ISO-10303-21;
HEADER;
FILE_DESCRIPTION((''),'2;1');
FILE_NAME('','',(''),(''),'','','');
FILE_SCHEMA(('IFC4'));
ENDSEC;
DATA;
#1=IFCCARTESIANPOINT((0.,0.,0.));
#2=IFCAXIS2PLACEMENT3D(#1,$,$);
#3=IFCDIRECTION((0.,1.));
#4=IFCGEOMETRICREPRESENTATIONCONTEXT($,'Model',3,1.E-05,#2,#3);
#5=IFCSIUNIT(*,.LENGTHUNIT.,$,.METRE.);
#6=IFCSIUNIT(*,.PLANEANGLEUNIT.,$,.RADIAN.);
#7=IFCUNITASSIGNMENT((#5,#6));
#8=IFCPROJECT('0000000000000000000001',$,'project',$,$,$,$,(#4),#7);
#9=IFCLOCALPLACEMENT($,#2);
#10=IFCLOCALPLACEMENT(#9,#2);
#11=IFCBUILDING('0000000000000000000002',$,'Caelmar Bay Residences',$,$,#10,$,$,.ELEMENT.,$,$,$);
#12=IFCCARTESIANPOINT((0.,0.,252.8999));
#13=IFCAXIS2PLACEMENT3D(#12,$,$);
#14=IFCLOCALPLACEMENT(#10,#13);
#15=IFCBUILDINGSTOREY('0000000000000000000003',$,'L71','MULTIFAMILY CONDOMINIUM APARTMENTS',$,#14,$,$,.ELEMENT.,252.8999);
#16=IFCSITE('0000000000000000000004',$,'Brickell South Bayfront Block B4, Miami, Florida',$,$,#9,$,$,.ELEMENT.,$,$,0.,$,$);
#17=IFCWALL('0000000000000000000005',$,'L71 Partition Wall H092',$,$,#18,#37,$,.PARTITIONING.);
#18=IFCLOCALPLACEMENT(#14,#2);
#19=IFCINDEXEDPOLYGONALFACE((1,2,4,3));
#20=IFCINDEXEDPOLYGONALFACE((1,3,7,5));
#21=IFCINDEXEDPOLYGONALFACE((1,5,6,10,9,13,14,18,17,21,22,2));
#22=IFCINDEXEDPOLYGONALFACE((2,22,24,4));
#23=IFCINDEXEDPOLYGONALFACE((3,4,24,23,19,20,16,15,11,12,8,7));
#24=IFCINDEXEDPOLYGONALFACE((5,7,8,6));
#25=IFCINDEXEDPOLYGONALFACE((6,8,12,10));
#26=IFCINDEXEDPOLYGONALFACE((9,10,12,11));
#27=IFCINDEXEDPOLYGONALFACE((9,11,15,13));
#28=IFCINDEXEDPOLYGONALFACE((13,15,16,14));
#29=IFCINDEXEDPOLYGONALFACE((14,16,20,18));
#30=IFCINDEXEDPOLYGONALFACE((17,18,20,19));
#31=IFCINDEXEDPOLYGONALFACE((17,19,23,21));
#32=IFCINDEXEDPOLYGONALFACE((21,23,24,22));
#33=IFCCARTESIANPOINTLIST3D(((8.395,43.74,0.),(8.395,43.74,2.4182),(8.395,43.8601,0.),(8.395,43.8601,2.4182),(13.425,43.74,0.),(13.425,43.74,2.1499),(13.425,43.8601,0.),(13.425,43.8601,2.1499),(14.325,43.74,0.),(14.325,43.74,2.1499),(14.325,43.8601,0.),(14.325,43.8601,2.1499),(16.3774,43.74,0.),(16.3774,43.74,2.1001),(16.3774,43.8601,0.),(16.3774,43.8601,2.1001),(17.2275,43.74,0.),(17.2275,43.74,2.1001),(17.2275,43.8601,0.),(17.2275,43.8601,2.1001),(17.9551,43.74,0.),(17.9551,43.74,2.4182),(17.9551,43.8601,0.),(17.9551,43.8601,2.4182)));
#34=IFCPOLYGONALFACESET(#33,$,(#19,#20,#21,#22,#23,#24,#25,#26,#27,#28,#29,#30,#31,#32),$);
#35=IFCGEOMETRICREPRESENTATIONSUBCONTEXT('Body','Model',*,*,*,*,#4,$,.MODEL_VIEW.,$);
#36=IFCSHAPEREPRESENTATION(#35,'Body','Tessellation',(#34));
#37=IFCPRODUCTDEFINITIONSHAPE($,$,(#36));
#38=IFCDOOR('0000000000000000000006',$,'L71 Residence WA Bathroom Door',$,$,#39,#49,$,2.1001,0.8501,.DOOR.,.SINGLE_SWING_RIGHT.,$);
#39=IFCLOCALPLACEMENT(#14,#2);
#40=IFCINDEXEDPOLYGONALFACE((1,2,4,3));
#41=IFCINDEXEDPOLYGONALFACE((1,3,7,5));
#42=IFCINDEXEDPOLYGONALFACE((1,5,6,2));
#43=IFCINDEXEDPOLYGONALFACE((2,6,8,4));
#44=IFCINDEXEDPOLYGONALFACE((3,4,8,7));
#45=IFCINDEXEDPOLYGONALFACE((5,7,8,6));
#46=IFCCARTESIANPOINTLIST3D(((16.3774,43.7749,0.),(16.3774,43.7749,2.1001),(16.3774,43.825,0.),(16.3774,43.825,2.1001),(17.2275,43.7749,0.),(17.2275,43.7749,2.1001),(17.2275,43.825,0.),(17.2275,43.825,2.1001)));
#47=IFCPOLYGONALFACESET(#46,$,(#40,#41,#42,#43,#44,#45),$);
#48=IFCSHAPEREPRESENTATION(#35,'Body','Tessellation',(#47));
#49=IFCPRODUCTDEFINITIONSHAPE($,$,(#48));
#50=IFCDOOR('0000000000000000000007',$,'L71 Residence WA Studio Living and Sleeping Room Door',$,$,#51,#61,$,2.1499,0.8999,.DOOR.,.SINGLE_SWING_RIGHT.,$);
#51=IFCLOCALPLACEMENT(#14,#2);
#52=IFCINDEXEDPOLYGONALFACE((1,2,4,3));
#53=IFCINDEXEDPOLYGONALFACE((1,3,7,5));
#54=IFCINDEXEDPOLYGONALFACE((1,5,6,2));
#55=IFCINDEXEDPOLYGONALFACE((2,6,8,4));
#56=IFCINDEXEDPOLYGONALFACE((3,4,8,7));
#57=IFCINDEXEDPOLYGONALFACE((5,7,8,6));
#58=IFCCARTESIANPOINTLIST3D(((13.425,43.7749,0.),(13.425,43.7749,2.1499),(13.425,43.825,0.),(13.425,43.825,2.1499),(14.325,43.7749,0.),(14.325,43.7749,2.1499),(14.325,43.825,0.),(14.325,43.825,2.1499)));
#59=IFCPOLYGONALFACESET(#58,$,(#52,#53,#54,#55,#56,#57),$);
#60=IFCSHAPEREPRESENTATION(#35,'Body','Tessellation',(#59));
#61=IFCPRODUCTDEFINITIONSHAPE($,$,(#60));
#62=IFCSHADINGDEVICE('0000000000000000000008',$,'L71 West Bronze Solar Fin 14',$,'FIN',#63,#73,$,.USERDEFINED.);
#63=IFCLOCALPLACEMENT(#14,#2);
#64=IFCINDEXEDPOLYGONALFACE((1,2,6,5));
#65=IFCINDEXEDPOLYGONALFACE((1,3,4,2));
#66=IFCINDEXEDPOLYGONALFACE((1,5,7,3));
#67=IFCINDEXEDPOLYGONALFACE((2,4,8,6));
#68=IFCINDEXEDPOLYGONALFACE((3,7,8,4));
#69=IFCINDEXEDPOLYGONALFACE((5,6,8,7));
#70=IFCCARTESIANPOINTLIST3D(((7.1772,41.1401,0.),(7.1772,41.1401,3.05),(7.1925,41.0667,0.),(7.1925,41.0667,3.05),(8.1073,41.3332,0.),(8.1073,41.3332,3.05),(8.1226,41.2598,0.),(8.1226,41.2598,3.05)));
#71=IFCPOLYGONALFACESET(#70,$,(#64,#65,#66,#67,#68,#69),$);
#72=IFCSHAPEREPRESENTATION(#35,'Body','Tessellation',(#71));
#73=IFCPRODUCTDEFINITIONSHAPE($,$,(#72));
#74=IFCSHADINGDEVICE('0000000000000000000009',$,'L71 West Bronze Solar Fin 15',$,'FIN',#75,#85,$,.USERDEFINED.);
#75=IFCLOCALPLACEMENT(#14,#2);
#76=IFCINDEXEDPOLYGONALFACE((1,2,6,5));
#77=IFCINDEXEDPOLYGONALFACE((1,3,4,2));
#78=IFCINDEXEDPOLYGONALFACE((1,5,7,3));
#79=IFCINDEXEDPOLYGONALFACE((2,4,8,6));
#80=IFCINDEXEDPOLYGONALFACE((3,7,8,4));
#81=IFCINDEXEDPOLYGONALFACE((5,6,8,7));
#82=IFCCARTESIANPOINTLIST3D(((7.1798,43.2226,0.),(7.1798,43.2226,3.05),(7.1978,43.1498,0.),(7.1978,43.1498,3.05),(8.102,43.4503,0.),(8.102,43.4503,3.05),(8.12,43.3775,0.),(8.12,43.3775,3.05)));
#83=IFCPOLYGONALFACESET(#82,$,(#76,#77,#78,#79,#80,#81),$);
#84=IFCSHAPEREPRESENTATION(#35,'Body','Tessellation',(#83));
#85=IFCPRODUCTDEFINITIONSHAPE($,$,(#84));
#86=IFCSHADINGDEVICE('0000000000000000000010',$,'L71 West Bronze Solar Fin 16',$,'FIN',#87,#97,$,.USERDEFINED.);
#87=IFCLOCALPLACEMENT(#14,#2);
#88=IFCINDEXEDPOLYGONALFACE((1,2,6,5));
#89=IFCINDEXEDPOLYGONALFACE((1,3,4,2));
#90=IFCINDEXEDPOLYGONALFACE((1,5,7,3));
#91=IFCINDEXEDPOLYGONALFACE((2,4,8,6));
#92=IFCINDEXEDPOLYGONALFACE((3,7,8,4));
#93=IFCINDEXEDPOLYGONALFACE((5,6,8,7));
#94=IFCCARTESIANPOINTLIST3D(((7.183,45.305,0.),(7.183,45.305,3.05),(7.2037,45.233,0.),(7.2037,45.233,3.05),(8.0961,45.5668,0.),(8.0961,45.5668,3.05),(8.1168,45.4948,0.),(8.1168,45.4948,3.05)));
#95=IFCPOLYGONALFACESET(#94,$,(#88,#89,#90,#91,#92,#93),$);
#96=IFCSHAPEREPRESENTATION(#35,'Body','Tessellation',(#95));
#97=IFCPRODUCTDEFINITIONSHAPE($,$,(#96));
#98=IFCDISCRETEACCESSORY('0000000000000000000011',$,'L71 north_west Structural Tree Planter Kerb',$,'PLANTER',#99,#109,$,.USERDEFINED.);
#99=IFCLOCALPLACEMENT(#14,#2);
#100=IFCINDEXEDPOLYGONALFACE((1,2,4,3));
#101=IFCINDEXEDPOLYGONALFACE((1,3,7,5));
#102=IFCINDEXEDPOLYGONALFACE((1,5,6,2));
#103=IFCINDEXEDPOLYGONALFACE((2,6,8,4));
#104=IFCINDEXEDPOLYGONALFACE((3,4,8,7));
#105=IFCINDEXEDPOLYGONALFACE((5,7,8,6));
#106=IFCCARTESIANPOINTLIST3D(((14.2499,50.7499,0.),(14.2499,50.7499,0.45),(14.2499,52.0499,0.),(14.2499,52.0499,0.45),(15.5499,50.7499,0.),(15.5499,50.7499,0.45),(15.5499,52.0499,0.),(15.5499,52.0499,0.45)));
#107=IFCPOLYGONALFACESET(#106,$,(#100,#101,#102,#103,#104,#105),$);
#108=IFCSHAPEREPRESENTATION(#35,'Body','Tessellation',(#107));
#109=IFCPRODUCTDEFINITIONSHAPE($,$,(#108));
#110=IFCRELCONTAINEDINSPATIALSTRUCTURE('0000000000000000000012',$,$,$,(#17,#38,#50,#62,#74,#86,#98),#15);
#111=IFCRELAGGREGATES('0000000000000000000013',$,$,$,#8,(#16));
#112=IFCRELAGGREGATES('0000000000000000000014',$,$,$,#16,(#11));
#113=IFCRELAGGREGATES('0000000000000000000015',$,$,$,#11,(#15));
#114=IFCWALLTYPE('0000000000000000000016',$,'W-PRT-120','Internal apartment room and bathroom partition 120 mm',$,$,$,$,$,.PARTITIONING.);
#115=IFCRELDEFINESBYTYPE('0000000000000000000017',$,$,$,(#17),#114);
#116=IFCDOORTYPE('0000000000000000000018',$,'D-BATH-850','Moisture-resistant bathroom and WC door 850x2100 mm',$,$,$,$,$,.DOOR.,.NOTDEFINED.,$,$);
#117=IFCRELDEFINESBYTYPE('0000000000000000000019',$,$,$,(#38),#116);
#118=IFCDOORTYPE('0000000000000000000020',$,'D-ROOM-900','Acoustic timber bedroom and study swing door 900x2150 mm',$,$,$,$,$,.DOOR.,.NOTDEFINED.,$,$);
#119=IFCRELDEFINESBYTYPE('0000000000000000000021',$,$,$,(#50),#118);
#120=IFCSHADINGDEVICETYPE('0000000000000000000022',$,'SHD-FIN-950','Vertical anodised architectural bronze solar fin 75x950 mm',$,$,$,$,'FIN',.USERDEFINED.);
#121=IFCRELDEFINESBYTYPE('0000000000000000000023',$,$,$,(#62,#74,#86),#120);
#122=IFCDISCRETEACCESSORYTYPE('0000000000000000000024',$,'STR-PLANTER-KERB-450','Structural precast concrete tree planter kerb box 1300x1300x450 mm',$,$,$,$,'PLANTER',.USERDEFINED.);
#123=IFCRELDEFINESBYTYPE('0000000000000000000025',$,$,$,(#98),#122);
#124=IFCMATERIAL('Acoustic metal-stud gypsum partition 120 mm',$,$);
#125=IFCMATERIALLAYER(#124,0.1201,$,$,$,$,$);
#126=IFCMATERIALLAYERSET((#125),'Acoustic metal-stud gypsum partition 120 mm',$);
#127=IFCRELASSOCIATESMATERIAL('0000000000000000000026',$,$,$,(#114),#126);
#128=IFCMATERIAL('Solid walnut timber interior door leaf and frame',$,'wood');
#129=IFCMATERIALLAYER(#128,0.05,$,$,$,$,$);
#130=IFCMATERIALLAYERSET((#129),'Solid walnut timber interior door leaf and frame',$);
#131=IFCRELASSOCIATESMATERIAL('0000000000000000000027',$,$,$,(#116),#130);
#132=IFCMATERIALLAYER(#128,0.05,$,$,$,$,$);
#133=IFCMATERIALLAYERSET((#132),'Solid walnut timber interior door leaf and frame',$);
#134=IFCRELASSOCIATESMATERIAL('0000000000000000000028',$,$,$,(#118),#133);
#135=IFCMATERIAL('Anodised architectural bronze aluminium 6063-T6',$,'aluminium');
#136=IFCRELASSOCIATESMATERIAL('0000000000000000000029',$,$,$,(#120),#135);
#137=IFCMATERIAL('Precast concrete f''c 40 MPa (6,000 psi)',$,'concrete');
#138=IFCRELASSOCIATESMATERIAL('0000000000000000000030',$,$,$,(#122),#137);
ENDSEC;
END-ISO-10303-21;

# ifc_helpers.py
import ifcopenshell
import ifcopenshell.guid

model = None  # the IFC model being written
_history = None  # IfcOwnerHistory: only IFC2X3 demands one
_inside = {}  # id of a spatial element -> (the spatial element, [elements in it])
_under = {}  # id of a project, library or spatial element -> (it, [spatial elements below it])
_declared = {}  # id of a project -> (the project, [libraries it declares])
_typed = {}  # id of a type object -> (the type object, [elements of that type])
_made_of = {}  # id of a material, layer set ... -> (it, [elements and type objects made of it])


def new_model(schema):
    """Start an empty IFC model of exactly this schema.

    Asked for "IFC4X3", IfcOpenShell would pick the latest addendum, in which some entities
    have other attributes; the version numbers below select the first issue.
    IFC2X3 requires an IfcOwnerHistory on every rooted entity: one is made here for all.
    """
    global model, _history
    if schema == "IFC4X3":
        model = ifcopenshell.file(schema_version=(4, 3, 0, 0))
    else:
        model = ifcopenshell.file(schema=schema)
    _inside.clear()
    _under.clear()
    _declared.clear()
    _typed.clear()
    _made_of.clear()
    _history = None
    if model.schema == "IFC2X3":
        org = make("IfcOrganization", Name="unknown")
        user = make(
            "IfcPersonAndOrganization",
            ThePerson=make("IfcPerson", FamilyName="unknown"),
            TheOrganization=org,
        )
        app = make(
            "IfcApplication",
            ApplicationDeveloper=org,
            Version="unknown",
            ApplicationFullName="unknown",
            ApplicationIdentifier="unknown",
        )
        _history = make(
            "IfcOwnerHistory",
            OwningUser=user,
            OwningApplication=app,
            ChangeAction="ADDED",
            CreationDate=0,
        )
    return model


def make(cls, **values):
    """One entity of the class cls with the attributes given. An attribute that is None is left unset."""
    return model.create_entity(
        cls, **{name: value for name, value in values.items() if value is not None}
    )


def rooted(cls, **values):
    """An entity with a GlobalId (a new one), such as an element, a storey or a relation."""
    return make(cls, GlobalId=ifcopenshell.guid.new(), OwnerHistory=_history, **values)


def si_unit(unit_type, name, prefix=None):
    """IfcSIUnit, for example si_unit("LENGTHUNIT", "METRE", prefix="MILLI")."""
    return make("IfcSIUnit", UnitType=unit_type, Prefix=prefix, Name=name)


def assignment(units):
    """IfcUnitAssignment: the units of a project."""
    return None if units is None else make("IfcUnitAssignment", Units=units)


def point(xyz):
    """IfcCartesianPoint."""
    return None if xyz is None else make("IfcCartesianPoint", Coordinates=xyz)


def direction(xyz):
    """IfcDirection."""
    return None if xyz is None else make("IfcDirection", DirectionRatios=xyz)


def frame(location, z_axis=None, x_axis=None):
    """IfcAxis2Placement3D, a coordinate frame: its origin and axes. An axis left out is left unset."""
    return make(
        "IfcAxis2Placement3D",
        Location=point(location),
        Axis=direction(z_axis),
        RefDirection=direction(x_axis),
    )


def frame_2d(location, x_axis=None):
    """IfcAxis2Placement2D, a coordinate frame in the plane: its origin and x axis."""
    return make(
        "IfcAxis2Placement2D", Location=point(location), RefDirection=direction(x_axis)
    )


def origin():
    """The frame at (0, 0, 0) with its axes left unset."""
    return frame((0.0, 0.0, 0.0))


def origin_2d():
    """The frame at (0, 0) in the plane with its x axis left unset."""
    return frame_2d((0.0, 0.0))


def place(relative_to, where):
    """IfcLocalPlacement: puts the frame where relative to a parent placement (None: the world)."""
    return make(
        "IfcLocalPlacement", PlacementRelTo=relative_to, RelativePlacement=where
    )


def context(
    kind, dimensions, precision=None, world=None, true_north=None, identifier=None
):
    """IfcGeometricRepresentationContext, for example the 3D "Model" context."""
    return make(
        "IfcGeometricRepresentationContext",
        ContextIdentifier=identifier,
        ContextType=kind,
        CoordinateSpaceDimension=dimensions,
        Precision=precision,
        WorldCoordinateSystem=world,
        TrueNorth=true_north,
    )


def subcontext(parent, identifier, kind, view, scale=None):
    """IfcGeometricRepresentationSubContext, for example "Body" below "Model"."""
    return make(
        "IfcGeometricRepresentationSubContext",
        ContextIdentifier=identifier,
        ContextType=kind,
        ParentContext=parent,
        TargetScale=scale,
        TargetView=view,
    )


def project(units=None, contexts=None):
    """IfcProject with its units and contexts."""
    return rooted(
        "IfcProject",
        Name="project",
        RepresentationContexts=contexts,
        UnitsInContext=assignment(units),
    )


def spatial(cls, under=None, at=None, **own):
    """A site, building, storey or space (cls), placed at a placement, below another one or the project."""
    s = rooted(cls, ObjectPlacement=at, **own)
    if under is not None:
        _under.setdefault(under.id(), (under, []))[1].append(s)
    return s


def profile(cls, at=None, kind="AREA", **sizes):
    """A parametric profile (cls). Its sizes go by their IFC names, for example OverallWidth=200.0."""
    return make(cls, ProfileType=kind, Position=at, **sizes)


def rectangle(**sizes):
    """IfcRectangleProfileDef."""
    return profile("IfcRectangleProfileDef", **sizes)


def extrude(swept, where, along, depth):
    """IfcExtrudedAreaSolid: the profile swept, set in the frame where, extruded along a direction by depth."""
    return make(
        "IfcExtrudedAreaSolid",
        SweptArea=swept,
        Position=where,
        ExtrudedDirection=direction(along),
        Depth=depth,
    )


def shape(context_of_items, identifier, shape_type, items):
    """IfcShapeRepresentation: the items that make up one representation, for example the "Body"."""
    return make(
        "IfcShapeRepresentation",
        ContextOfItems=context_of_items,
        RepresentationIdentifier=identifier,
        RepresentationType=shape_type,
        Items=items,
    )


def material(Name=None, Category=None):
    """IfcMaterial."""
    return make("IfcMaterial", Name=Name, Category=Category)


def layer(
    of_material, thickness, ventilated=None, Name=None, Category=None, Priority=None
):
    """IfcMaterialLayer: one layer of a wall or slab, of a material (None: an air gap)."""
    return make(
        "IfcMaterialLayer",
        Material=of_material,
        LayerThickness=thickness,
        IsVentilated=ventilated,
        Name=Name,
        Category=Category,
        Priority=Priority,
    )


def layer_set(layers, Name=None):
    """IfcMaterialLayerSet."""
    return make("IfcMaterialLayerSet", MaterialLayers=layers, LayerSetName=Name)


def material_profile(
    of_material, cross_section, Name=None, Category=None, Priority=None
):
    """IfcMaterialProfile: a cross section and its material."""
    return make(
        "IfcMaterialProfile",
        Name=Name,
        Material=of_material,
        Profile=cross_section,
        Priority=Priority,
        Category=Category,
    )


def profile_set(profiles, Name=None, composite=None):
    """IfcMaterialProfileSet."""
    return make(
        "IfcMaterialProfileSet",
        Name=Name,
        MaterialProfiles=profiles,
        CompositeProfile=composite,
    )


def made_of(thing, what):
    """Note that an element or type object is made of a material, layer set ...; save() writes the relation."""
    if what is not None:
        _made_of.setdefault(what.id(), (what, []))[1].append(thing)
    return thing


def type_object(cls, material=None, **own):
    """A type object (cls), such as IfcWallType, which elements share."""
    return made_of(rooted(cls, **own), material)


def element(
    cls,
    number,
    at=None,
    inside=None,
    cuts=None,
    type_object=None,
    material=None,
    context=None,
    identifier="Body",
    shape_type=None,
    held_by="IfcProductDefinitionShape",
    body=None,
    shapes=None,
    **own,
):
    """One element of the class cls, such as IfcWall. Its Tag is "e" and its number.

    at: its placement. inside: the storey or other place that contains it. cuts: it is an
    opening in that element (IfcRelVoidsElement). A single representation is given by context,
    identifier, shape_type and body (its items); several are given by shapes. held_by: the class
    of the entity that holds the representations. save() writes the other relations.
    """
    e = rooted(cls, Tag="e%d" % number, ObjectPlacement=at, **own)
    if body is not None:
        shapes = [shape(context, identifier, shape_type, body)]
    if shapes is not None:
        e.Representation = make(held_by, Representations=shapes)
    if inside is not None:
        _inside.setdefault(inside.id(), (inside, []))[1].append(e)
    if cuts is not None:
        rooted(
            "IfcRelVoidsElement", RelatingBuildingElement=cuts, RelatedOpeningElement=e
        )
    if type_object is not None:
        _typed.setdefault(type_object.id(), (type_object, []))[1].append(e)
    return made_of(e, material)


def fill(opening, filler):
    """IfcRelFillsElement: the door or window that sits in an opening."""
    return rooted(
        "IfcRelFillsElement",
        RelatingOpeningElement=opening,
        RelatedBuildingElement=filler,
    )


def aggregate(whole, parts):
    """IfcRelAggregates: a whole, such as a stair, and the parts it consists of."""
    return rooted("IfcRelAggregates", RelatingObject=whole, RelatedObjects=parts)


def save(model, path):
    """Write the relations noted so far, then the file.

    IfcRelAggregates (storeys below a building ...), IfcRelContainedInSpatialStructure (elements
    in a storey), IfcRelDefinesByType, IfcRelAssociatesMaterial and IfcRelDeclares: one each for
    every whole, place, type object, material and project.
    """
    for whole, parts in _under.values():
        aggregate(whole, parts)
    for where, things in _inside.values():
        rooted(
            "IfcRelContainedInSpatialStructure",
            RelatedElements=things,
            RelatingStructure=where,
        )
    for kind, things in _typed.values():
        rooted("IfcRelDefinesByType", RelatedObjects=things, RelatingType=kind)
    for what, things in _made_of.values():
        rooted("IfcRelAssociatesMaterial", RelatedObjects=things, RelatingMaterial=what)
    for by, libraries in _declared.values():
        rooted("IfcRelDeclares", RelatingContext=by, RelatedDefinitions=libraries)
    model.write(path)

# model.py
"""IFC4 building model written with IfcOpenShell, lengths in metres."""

from ifc_helpers import new_model, si_unit, direction, frame, frame_2d, origin, origin_2d, place, context, subcontext, project, spatial, rectangle, extrude, material, layer, layer_set, material_profile, profile_set, type_object, element, fill, save


model = new_model("IFC4")

# Units and contexts
model_context = context("Model", 3, precision=1e-05, world=origin(), true_north=direction((0.0, 1.0)))
body_context = subcontext(model_context, "Body", "Model", "MODEL_VIEW")
ifc_project = project(units=[si_unit("LENGTHUNIT", "METRE"), si_unit("PLANEANGLEUNIT", "RADIAN")], contexts=[model_context])

# Site, building, storey
site_placement = place(None, origin())
site = spatial("IfcSite", under=ifc_project, at=site_placement, Name="Brickell South Bayfront Block B4, Miami, Florida", CompositionType="ELEMENT", RefElevation=0.0)
building_placement = place(site_placement, origin())
building = spatial("IfcBuilding", under=site, at=building_placement, Name="Caelmar Bay Residences", CompositionType="ELEMENT")
storey_placement = place(building_placement, frame((0.0, 0.0, 252.8999)))
storey = spatial("IfcBuildingStorey", under=building, at=storey_placement, Name="L71", Description="MULTIFAMILY CONDOMINIUM APARTMENTS", CompositionType="ELEMENT", Elevation=252.8999)

# Shared definitions
ifc_material_1 = material(Name="Precast concrete f'c 40 MPa (6,000 psi)", Category="concrete")

# Wall, openings, doors
ifc_material_2 = material(Name="Acoustic metal-stud gypsum partition 120 mm")
ifc_layer_1 = layer(ifc_material_2, 0.1201)
ifc_layer_set_1 = layer_set([ifc_layer_1], Name="Acoustic metal-stud gypsum partition 120 mm")
wall_type_1 = type_object("IfcWallType", Name="W-PRT-120", Description="Internal apartment room and bathroom partition 120 mm", PredefinedType="PARTITIONING", material=ifc_layer_set_1)
wall_1_placement = place(storey_placement, frame((8.395, 43.8, 0.0), z_axis=(0.0, 0.0, 1.0), x_axis=(1.0, 0.0, 0.0)))
wall_1 = element("IfcWall", 1, at=wall_1_placement, inside=storey, type_object=wall_type_1, Name="L71 Partition Wall H092", PredefinedType="PARTITIONING", context=body_context, shape_type="SweptSolid", body=[
    extrude(rectangle(XDim=9.5601, YDim=0.1201, at=frame_2d((4.78, 0.0))), origin(), (0.0, 0.0, 1.0), 2.4182),
])
opening_1_placement = place(wall_1_placement, frame((5.03, 0.0, 0.0)))
opening_1 = element("IfcOpeningElement", 2, at=opening_1_placement, cuts=wall_1, PredefinedType="OPENING", context=body_context, shape_type="SweptSolid", body=[
    extrude(rectangle(XDim=0.8999, YDim=2.1499, at=frame_2d((0.45, 1.075))), frame((0.0, 0.0701, 0.0), z_axis=(0.0, -1.0, 0.0), x_axis=(1.0, 0.0, 0.0)), (0.0, 0.0, 1.0), 0.1401),
])
opening_2_placement = place(wall_1_placement, frame((7.9824, 0.0, 0.0)))
opening_2 = element("IfcOpeningElement", 3, at=opening_2_placement, cuts=wall_1, PredefinedType="OPENING", context=body_context, shape_type="SweptSolid", body=[
    extrude(rectangle(XDim=0.8501, YDim=2.1001, at=frame_2d((0.425, 1.05))), frame((0.0, 0.0701, 0.0), z_axis=(0.0, -1.0, 0.0), x_axis=(1.0, 0.0, 0.0)), (0.0, 0.0, 1.0), 0.1401),
])
ifc_material_3 = material(Name="Solid walnut timber interior door leaf and frame", Category="wood")
ifc_layer_2 = layer(ifc_material_3, 0.05)
ifc_layer_set_2 = layer_set([ifc_layer_2], Name="Solid walnut timber interior door leaf and frame")
door_type_1 = type_object("IfcDoorType", Name="D-BATH-850", Description="Moisture-resistant bathroom and WC door 850x2100 mm", OperationType="NOTDEFINED", PredefinedType="DOOR", material=ifc_layer_set_2)
door_1_placement = place(opening_2_placement, origin())
door_1 = element("IfcDoor", 4, at=door_1_placement, inside=storey, type_object=door_type_1, Name="L71 Residence WA Bathroom Door", OperationType="SINGLE_SWING_RIGHT", OverallHeight=2.1001, OverallWidth=0.8501, PredefinedType="DOOR", context=body_context, shape_type="SweptSolid", body=[
    extrude(rectangle(XDim=0.8501, YDim=2.1001, at=frame_2d((0.425, 1.05))), frame((0.0, 0.0249, 0.0), z_axis=(0.0, -1.0, 0.0), x_axis=(1.0, 0.0, 0.0)), (0.0, 0.0, 1.0), 0.05),
])
fill(opening_2, door_1)
ifc_layer_3 = layer(ifc_material_3, 0.05)
ifc_layer_set_3 = layer_set([ifc_layer_3], Name="Solid walnut timber interior door leaf and frame")
door_type_2 = type_object("IfcDoorType", Name="D-ROOM-900", Description="Acoustic timber bedroom and study swing door 900x2150 mm", OperationType="NOTDEFINED", PredefinedType="DOOR", material=ifc_layer_set_3)
door_2_placement = place(opening_1_placement, origin())
door_2 = element("IfcDoor", 5, at=door_2_placement, inside=storey, type_object=door_type_2, Name="L71 Residence WA Studio Living and Sleeping Room Door", OperationType="SINGLE_SWING_RIGHT", OverallHeight=2.1499, OverallWidth=0.8999, PredefinedType="DOOR", context=body_context, shape_type="SweptSolid", body=[
    extrude(rectangle(XDim=0.8999, YDim=2.1499, at=frame_2d((0.45, 1.075))), frame((0.0, 0.0249, 0.0), z_axis=(0.0, -1.0, 0.0), x_axis=(1.0, 0.0, 0.0)), (0.0, 0.0, 1.0), 0.05),
])
fill(opening_1, door_2)

# Shading devices
ifc_material_4 = material(Name="Anodised architectural bronze aluminium 6063-T6", Category="aluminium")
ifc_material_profile_1 = material_profile(ifc_material_4, rectangle(XDim=0.075, YDim=0.95, at=origin_2d()), Name="BRONZE-FIN-75X950")
ifc_profile_set_1 = profile_set([ifc_material_profile_1], Name="Anodised architectural bronze aluminium 6063-T6")
shading_device_type = type_object("IfcShadingDeviceType", Name="SHD-FIN-950", Description="Vertical anodised architectural bronze solar fin 75x950 mm", ElementType="FIN", PredefinedType="USERDEFINED", material=ifc_profile_set_1)
for number, where, z_axis, x_axis, name in (
    (6, (7.6499, 41.2, 0.0), (0.0, 0.0, 1.0), (-0.2033, 0.979116, 0.0), "L71 West Bronze Solar Fin 14"),
    (7, (7.6499, 43.3, 0.0), (0.0, 0.0, 1.0), (-0.23972, 0.970842, 0.0), "L71 West Bronze Solar Fin 15"),
    (8, (7.6499, 45.3999, 0.0), (0.0, 0.0, 1.0), (-0.275637, 0.961262, 0.0), "L71 West Bronze Solar Fin 16"),
):
    element("IfcShadingDevice", number, at=place(storey_placement, frame(where, z_axis=z_axis, x_axis=x_axis)), inside=storey, type_object=shading_device_type, Name=name, ObjectType="FIN", PredefinedType="USERDEFINED", context=body_context, shape_type="SweptSolid", body=[
        extrude(rectangle(XDim=0.075, YDim=0.95, at=origin_2d()), origin(), (0.0, 0.0, 1.0), 3.05),
    ])

# Discrete accessory
discrete_accessory_type = type_object("IfcDiscreteAccessoryType", Name="STR-PLANTER-KERB-450", Description="Structural precast concrete tree planter kerb box 1300x1300x450 mm", ElementType="PLANTER", PredefinedType="USERDEFINED", material=ifc_material_1)
discrete_accessory_placement = place(storey_placement, frame((14.8999, 51.3999, 0.0), z_axis=(0.0, 0.0, 1.0), x_axis=(1.0, 0.0, 0.0)))
element("IfcDiscreteAccessory", 9, at=discrete_accessory_placement, inside=storey, type_object=discrete_accessory_type, Name="L71 north_west Structural Tree Planter Kerb", ObjectType="PLANTER", PredefinedType="USERDEFINED", context=body_context, shape_type="SweptSolid", body=[
    extrude(rectangle(XDim=1.3, YDim=1.3, at=origin_2d()), origin(), (0.0, 0.0, 1.0), 0.45),
])

save(model, "model.ifc")
